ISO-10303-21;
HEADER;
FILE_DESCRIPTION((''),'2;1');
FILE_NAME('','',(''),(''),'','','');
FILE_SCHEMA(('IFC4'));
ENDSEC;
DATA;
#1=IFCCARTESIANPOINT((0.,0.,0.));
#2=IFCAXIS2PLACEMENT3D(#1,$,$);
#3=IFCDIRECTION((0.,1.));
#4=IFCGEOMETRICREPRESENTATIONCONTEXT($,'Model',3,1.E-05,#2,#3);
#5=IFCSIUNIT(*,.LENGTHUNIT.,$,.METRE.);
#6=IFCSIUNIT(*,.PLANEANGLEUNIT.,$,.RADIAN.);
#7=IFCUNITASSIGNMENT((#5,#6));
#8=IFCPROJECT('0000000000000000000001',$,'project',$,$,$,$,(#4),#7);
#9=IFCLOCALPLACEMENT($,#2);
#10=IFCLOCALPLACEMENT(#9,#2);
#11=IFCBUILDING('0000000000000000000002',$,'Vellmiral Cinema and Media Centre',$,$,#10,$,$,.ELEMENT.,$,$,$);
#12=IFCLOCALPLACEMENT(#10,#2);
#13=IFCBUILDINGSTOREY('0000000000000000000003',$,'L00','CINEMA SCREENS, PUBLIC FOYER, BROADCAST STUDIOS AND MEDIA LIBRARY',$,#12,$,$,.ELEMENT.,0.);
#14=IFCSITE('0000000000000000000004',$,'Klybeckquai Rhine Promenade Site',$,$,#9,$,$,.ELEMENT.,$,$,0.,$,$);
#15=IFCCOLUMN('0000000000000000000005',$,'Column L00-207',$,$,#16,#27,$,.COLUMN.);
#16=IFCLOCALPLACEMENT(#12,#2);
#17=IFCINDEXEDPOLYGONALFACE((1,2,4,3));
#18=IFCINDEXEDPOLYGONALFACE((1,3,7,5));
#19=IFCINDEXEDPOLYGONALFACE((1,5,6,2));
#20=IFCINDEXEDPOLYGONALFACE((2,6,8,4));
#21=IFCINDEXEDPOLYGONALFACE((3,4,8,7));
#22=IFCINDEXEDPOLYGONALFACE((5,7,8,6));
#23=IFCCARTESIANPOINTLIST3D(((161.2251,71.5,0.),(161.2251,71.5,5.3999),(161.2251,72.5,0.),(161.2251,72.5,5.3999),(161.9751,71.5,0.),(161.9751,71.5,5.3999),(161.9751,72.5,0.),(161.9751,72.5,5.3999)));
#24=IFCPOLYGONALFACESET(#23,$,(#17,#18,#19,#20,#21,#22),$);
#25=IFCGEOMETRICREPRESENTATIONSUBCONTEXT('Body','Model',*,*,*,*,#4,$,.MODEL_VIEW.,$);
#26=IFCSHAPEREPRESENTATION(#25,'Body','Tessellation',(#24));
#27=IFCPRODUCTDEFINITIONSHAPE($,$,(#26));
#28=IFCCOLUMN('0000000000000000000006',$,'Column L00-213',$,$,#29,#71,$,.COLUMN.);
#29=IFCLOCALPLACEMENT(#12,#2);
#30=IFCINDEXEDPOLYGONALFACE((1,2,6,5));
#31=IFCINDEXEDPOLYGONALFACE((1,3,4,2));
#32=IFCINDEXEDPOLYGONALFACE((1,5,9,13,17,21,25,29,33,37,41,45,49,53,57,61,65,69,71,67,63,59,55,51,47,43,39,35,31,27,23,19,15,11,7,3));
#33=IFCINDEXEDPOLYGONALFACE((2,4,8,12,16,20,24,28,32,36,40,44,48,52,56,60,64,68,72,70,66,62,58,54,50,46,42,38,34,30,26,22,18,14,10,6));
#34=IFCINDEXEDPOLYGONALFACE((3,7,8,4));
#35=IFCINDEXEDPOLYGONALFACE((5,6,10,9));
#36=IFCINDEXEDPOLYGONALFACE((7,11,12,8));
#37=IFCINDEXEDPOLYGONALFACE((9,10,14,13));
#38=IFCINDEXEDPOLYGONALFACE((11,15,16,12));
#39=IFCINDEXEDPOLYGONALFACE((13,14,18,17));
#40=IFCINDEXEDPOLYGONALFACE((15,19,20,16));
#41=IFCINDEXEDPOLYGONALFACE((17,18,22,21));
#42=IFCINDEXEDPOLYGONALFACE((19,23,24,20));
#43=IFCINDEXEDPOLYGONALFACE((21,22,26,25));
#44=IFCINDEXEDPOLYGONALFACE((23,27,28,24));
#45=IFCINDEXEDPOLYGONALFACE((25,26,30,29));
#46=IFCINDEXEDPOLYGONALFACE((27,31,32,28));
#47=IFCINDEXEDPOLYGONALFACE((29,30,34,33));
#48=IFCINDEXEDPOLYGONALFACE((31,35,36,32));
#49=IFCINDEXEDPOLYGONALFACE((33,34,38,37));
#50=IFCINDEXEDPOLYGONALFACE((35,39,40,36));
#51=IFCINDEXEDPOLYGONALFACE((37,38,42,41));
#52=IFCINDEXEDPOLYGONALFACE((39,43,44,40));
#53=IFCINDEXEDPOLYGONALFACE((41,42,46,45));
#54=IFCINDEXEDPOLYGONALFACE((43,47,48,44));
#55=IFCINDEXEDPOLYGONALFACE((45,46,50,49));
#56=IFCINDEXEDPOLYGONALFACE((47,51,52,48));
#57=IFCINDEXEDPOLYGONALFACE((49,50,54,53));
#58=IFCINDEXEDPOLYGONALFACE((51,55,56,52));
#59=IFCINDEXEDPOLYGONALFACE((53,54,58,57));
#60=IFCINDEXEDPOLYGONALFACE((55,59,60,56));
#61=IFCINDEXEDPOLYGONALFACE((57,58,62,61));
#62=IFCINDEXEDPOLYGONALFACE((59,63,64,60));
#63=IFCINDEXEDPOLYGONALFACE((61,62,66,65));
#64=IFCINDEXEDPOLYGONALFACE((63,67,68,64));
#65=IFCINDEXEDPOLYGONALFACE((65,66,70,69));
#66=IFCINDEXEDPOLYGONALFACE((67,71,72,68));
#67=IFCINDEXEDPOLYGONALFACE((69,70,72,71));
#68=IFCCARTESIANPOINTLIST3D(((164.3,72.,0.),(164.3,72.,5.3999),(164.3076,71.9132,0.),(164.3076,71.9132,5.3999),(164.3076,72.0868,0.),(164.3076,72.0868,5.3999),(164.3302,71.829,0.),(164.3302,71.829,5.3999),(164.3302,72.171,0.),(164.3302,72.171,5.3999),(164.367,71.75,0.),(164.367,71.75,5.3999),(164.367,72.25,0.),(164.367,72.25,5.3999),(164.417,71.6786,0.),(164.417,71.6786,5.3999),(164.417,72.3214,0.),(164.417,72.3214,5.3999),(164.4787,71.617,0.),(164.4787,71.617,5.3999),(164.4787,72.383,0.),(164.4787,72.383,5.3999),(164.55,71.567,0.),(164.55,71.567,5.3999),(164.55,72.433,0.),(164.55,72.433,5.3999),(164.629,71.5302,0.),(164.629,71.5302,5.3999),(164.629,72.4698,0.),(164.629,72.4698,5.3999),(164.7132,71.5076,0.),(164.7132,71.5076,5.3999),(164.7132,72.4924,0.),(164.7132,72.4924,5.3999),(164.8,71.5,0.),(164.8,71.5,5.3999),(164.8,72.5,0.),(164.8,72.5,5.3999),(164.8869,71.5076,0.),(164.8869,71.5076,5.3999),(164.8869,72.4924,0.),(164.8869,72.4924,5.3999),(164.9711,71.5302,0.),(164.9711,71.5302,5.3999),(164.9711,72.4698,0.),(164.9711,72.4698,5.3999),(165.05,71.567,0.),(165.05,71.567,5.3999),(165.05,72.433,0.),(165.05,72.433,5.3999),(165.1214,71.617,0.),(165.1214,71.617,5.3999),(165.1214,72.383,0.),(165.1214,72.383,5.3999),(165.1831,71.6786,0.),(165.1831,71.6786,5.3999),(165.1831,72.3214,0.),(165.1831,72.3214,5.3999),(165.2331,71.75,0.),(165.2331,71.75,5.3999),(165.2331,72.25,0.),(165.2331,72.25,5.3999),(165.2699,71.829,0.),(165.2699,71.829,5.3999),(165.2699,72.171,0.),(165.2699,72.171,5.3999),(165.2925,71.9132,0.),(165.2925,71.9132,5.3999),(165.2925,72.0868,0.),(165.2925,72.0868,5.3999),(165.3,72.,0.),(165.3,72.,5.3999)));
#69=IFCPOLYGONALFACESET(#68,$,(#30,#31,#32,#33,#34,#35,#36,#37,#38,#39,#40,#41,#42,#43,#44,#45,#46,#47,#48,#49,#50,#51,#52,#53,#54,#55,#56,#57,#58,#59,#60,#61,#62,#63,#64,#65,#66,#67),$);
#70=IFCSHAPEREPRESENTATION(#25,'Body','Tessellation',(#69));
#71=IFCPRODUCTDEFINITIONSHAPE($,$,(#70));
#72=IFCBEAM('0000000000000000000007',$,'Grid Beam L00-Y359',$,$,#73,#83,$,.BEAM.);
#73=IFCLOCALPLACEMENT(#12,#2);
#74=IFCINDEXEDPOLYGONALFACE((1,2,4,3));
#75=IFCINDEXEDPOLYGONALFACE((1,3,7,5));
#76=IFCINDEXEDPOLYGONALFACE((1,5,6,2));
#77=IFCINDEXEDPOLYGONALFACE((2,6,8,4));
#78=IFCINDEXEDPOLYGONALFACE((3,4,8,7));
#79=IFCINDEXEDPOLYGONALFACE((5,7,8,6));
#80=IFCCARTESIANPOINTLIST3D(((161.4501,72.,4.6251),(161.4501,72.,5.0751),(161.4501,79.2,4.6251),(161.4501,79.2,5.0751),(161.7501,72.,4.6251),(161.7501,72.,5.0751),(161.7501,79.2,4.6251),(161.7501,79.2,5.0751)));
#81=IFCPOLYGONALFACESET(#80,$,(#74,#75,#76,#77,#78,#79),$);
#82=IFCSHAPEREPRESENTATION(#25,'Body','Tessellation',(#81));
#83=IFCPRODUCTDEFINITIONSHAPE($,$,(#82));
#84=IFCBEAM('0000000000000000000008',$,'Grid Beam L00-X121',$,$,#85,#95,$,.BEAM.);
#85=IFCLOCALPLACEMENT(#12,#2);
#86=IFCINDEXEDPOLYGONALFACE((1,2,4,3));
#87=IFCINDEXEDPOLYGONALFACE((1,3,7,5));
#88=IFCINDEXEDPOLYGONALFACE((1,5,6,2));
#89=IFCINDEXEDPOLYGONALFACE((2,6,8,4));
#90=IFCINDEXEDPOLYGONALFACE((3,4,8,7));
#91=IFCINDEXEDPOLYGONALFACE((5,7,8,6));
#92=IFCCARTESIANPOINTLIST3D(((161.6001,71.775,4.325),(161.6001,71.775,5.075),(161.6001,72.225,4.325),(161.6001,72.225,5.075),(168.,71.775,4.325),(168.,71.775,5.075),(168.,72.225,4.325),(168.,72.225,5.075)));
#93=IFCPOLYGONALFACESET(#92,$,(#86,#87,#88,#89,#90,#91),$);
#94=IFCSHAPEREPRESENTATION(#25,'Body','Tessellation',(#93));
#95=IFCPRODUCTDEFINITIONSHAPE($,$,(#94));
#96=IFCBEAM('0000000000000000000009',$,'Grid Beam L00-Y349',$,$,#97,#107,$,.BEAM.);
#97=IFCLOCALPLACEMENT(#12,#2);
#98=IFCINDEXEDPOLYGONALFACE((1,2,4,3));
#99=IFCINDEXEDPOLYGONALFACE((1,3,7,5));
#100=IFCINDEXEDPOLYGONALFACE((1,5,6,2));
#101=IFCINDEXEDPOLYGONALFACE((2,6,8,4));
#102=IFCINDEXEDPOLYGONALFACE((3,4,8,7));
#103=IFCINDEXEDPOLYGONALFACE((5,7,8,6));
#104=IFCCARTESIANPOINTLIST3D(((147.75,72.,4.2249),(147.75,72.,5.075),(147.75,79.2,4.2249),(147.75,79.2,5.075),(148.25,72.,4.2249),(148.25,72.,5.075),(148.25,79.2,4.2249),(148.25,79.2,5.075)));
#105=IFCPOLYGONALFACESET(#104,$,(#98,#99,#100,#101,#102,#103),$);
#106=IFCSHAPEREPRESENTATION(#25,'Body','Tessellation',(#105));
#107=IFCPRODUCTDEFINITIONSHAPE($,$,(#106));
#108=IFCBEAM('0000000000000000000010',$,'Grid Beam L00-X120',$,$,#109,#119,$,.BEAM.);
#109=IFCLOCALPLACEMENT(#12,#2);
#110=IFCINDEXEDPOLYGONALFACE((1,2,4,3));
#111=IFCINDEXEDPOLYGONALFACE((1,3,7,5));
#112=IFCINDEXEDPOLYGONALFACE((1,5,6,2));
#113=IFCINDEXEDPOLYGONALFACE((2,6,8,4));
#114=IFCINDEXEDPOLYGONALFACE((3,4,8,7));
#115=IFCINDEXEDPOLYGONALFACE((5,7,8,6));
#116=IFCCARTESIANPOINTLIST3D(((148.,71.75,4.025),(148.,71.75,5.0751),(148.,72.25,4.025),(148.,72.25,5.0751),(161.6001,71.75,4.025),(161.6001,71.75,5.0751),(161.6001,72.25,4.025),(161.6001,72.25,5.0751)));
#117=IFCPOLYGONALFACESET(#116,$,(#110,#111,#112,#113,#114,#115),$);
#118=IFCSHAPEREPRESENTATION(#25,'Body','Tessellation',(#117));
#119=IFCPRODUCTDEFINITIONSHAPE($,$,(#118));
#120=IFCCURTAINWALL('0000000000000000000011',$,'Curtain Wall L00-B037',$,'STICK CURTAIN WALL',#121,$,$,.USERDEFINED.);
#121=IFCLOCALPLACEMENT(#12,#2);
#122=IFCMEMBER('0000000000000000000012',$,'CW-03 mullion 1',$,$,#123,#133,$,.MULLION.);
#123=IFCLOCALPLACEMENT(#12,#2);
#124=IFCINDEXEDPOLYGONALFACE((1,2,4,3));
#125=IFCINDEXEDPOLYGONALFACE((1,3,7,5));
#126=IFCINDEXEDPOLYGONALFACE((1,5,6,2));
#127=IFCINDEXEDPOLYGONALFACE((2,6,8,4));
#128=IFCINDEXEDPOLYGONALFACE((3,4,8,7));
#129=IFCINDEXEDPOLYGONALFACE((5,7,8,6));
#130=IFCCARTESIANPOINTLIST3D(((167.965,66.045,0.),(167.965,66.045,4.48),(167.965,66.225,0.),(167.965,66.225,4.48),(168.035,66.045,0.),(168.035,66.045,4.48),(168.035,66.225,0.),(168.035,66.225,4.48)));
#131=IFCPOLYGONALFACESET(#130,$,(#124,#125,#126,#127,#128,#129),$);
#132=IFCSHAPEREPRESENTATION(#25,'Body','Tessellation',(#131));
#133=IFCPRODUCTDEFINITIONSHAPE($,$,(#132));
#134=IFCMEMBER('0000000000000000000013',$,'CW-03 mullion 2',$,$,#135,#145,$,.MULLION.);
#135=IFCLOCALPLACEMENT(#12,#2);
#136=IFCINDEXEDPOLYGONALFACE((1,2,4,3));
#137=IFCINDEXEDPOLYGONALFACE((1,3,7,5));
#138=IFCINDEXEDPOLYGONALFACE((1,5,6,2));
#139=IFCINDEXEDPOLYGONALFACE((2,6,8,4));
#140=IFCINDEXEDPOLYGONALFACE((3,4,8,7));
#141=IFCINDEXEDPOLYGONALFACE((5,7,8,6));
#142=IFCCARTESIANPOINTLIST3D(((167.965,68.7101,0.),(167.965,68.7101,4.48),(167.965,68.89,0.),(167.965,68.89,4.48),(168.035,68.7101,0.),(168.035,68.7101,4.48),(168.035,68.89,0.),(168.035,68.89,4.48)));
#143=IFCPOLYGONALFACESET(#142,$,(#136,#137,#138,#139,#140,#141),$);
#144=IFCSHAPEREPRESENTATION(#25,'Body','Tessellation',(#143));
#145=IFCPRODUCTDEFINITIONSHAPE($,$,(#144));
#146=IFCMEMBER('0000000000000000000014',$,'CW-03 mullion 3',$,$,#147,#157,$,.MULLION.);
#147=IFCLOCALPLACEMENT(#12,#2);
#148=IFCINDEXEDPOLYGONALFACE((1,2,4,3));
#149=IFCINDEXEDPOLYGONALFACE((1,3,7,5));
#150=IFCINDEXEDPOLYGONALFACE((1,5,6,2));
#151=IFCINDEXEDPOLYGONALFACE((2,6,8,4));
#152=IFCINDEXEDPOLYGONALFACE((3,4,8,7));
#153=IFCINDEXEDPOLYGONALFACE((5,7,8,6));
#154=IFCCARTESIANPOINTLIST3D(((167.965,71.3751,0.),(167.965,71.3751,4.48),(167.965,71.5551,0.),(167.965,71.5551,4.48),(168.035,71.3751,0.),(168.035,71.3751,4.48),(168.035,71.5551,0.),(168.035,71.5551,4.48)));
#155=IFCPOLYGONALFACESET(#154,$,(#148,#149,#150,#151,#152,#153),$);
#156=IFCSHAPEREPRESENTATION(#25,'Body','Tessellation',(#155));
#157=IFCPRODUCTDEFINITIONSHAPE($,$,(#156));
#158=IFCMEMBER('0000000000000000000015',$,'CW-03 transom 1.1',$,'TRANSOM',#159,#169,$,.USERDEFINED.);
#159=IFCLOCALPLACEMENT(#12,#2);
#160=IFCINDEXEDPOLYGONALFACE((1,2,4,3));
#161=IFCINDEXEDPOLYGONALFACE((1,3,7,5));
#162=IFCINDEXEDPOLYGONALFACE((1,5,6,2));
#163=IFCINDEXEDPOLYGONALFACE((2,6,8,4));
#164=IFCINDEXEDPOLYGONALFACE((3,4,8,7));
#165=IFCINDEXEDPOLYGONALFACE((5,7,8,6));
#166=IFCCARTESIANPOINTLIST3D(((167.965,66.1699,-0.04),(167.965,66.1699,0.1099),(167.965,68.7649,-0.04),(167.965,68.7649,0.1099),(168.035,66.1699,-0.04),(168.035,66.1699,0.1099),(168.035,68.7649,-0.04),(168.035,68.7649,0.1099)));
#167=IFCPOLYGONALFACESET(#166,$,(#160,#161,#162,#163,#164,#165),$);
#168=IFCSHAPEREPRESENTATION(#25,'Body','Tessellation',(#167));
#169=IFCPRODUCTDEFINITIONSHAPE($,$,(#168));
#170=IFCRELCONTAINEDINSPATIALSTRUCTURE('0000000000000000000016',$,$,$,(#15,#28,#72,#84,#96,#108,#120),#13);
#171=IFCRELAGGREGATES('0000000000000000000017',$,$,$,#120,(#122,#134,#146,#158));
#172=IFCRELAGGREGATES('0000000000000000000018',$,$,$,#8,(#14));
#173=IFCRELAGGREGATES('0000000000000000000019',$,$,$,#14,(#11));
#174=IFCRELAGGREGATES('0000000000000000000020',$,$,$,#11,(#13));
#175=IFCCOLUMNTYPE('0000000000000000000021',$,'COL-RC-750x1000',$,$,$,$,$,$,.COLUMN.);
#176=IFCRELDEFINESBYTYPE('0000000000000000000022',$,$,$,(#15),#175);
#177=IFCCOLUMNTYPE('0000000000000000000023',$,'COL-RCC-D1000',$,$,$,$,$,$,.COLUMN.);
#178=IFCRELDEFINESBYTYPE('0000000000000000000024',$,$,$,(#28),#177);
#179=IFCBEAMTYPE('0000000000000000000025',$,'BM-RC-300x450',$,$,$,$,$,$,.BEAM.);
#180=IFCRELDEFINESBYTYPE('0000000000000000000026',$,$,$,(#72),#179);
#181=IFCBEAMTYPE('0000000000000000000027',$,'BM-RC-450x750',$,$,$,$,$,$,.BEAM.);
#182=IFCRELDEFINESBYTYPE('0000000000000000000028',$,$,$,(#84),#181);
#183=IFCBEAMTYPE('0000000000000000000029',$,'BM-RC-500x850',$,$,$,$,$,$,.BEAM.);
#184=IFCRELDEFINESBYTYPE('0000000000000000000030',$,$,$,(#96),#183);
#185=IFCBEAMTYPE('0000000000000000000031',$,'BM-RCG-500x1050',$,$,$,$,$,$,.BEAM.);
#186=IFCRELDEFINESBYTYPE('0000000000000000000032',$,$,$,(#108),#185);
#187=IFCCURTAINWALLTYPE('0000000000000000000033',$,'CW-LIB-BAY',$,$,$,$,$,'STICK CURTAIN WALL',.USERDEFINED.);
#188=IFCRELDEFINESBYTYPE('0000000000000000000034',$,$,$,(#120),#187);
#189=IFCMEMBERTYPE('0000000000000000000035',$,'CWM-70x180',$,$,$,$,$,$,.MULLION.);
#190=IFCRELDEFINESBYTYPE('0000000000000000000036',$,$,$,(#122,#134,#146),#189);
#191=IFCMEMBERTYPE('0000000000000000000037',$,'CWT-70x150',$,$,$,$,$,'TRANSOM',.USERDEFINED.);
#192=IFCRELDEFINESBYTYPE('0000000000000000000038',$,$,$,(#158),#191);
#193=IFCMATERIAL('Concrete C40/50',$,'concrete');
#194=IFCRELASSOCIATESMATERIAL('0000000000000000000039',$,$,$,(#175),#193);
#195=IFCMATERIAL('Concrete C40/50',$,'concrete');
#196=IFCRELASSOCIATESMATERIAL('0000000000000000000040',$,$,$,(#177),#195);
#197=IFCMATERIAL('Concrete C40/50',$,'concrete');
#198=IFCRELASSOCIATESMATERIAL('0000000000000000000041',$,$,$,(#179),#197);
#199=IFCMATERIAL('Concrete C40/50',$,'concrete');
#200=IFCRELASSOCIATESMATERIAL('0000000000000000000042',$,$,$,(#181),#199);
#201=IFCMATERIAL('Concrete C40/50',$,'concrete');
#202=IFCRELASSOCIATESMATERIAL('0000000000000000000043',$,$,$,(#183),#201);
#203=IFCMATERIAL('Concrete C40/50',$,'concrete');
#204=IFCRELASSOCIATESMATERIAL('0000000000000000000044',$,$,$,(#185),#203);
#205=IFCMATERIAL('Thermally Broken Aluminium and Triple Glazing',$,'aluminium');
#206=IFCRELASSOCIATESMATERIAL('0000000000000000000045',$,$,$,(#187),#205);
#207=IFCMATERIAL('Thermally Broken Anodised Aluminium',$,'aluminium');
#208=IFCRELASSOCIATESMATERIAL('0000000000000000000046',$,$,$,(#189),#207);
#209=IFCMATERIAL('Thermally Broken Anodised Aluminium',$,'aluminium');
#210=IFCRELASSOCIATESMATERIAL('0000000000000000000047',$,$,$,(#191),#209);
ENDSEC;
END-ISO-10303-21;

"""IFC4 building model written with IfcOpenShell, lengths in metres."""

from ifc_helpers import new_model, si_unit, direction, frame, origin, origin_2d, place, context, subcontext, project, spatial, rectangle, circle, extrude, material, material_profile, profile_set, type_object, element, aggregate, save


model = new_model("IFC4")

# Units and contexts
model_context = context("Model", 3, precision=1e-05, world=origin(), true_north=direction((0.0, 1.0)))
body_context = subcontext(model_context, "Body", "Model", "MODEL_VIEW")
ifc_project = project(units=[si_unit("LENGTHUNIT", "METRE"), si_unit("PLANEANGLEUNIT", "RADIAN")], contexts=[model_context])

# Site, building, storey
site_placement = place(None, origin())
site = spatial("IfcSite", under=ifc_project, at=site_placement, Name="Klybeckquai Rhine Promenade Site", CompositionType="ELEMENT", RefElevation=0.0)
building_placement = place(site_placement, origin())
building = spatial("IfcBuilding", under=site, at=building_placement, Name="Vellmiral Cinema and Media Centre", CompositionType="ELEMENT")
storey_placement = place(building_placement, origin())
storey = spatial("IfcBuildingStorey", under=building, at=storey_placement, Name="L00", Description="CINEMA SCREENS, PUBLIC FOYER, BROADCAST STUDIOS AND MEDIA LIBRARY", CompositionType="ELEMENT", Elevation=0.0)

# Columns
ifc_material_1 = material(Name="Concrete C40/50", Category="concrete")
ifc_material_profile_1 = material_profile(ifc_material_1, rectangle(XDim=0.75, YDim=1.0, at=origin_2d()), Name="RC 750x1000")
ifc_profile_set_1 = profile_set([ifc_material_profile_1], Name="Concrete C40/50")
column_type_1 = type_object("IfcColumnType", Name="COL-RC-750x1000", PredefinedType="COLUMN", material=ifc_profile_set_1)
column_1_placement = place(storey_placement, frame((161.6001, 72.0, 0.0), z_axis=(0.0, 0.0, 1.0), x_axis=(1.0, 0.0, 0.0)))
element("IfcColumn", 1, at=column_1_placement, inside=storey, type_object=column_type_1, Name="Column L00-207", PredefinedType="COLUMN", context=body_context, shape_type="SweptSolid", body=[
    extrude(rectangle(XDim=0.75, YDim=1.0, at=origin_2d()), origin(), (0.0, 0.0, 1.0), 5.3999),
])
ifc_material_2 = material(Name="Concrete C40/50", Category="concrete")
ifc_material_profile_2 = material_profile(ifc_material_2, circle(Radius=0.5, at=origin_2d()), Name="RC D1000")
ifc_profile_set_2 = profile_set([ifc_material_profile_2], Name="Concrete C40/50")
column_type_2 = type_object("IfcColumnType", Name="COL-RCC-D1000", PredefinedType="COLUMN", material=ifc_profile_set_2)
column_2_placement = place(storey_placement, frame((164.8, 72.0, 0.0), z_axis=(0.0, 0.0, 1.0), x_axis=(1.0, 0.0, 0.0)))
element("IfcColumn", 2, at=column_2_placement, inside=storey, type_object=column_type_2, Name="Column L00-213", PredefinedType="COLUMN", context=body_context, shape_type="SweptSolid", body=[
    extrude(circle(Radius=0.5, at=origin_2d()), origin(), (0.0, 0.0, 1.0), 5.3999),
])

# Beams
ifc_material_3 = material(Name="Concrete C40/50", Category="concrete")
ifc_material_profile_3 = material_profile(ifc_material_3, rectangle(XDim=0.3, YDim=0.45, at=origin_2d()), Name="RC 300x450")
ifc_profile_set_3 = profile_set([ifc_material_profile_3], Name="Concrete C40/50")
beam_type_1 = type_object("IfcBeamType", Name="BM-RC-300x450", PredefinedType="BEAM", material=ifc_profile_set_3)
beam_1_placement = place(storey_placement, frame((161.6001, 72.0, 4.8501), z_axis=(0.0, 1.0, 0.0), x_axis=(-1.0, 0.0, 0.0)))
element("IfcBeam", 3, at=beam_1_placement, inside=storey, type_object=beam_type_1, Name="Grid Beam L00-Y359", PredefinedType="BEAM", context=body_context, shape_type="SweptSolid", body=[
    extrude(rectangle(XDim=0.3, YDim=0.45, at=origin_2d()), origin(), (0.0, 0.0, 1.0), 7.2),
])
ifc_material_4 = material(Name="Concrete C40/50", Category="concrete")
ifc_material_profile_4 = material_profile(ifc_material_4, rectangle(XDim=0.45, YDim=0.75, at=origin_2d()), Name="RC 450x750")
ifc_profile_set_4 = profile_set([ifc_material_profile_4], Name="Concrete C40/50")
beam_type_2 = type_object("IfcBeamType", Name="BM-RC-450x750", PredefinedType="BEAM", material=ifc_profile_set_4)
beam_2_placement = place(storey_placement, frame((161.6001, 72.0, 4.7), z_axis=(1.0, 0.0, 0.0), x_axis=(0.0, 1.0, 0.0)))
element("IfcBeam", 4, at=beam_2_placement, inside=storey, type_object=beam_type_2, Name="Grid Beam L00-X121", PredefinedType="BEAM", context=body_context, shape_type="SweptSolid", body=[
    extrude(rectangle(XDim=0.45, YDim=0.75, at=origin_2d()), origin(), (0.0, 0.0, 1.0), 6.3999),
])
ifc_material_5 = material(Name="Concrete C40/50", Category="concrete")
ifc_material_profile_5 = material_profile(ifc_material_5, rectangle(XDim=0.5, YDim=0.8501, at=origin_2d()), Name="RC 500x850")
ifc_profile_set_5 = profile_set([ifc_material_profile_5], Name="Concrete C40/50")
beam_type_3 = type_object("IfcBeamType", Name="BM-RC-500x850", PredefinedType="BEAM", material=ifc_profile_set_5)
beam_3_placement = place(storey_placement, frame((148.0, 72.0, 4.6499), z_axis=(0.0, 1.0, 0.0), x_axis=(-1.0, 0.0, 0.0)))
element("IfcBeam", 5, at=beam_3_placement, inside=storey, type_object=beam_type_3, Name="Grid Beam L00-Y349", PredefinedType="BEAM", context=body_context, shape_type="SweptSolid", body=[
    extrude(rectangle(XDim=0.5, YDim=0.8501, at=origin_2d()), origin(), (0.0, 0.0, 1.0), 7.2),
])
ifc_material_6 = material(Name="Concrete C40/50", Category="concrete")
ifc_material_profile_6 = material_profile(ifc_material_6, rectangle(XDim=0.5, YDim=1.05, at=origin_2d()), Name="RC 500x1050")
ifc_profile_set_6 = profile_set([ifc_material_profile_6], Name="Concrete C40/50")
beam_type_4 = type_object("IfcBeamType", Name="BM-RCG-500x1050", PredefinedType="BEAM", material=ifc_profile_set_6)
beam_4_placement = place(storey_placement, frame((148.0, 72.0, 4.55), z_axis=(1.0, 0.0, 0.0), x_axis=(0.0, 1.0, 0.0)))
element("IfcBeam", 6, at=beam_4_placement, inside=storey, type_object=beam_type_4, Name="Grid Beam L00-X120", PredefinedType="BEAM", context=body_context, shape_type="SweptSolid", body=[
    extrude(rectangle(XDim=0.5, YDim=1.05, at=origin_2d()), origin(), (0.0, 0.0, 1.0), 13.6001),
])

# Curtain wall, members
ifc_material_7 = material(Name="Thermally Broken Aluminium and Triple Glazing", Category="aluminium")
curtain_wall_type = type_object("IfcCurtainWallType", Name="CW-LIB-BAY", ElementType="STICK CURTAIN WALL", PredefinedType="USERDEFINED", material=ifc_material_7)
curtain_wall_placement = place(storey_placement, origin())
curtain_wall = element("IfcCurtainWall", 7, at=curtain_wall_placement, inside=storey, type_object=curtain_wall_type, Name="Curtain Wall L00-B037", ObjectType="STICK CURTAIN WALL", PredefinedType="USERDEFINED")
ifc_material_8 = material(Name="Thermally Broken Anodised Aluminium", Category="aluminium")
ifc_material_profile_7 = material_profile(ifc_material_8, rectangle(XDim=0.0701, YDim=0.1799, at=origin_2d()), Name="MULL 70x180")
ifc_profile_set_7 = profile_set([ifc_material_profile_7], Name="Thermally Broken Anodised Aluminium")
member_type_1 = type_object("IfcMemberType", Name="CWM-70x180", PredefinedType="MULLION", material=ifc_profile_set_7)
member_1_placement = place(storey_placement, frame((168.0, 66.135, 0.0), z_axis=(0.0, 0.0, 1.0), x_axis=(-1.0, 0.0, 0.0)))
member_1 = element("IfcMember", 8, at=member_1_placement, type_object=member_type_1, Name="CW-03 mullion 1", PredefinedType="MULLION", context=body_context, shape_type="SweptSolid", body=[
    extrude(rectangle(XDim=0.0701, YDim=0.1799, at=origin_2d()), origin(), (0.0, 0.0, 1.0), 4.48),
])
member_2_placement = place(storey_placement, frame((168.0, 68.8, 0.0), z_axis=(0.0, 0.0, 1.0), x_axis=(-1.0, 0.0, 0.0)))
member_2 = element("IfcMember", 9, at=member_2_placement, type_object=member_type_1, Name="CW-03 mullion 2", PredefinedType="MULLION", context=body_context, shape_type="SweptSolid", body=[
    extrude(rectangle(XDim=0.0701, YDim=0.1799, at=origin_2d()), origin(), (0.0, 0.0, 1.0), 4.48),
])
member_3_placement = place(storey_placement, frame((168.0, 71.4651, 0.0), z_axis=(0.0, 0.0, 1.0), x_axis=(-1.0, 0.0, 0.0)))
member_3 = element("IfcMember", 10, at=member_3_placement, type_object=member_type_1, Name="CW-03 mullion 3", PredefinedType="MULLION", context=body_context, shape_type="SweptSolid", body=[
    extrude(rectangle(XDim=0.0701, YDim=0.1799, at=origin_2d()), origin(), (0.0, 0.0, 1.0), 4.48),
])
ifc_material_9 = material(Name="Thermally Broken Anodised Aluminium", Category="aluminium")
ifc_material_profile_8 = material_profile(ifc_material_9, rectangle(XDim=0.0701, YDim=0.1499, at=origin_2d()), Name="MULL 70x150")
ifc_profile_set_8 = profile_set([ifc_material_profile_8], Name="Thermally Broken Anodised Aluminium")
member_type_2 = type_object("IfcMemberType", Name="CWT-70x150", ElementType="TRANSOM", PredefinedType="USERDEFINED", material=ifc_profile_set_8)
member_4_placement = place(storey_placement, frame((168.0, 66.1699, 0.0349), z_axis=(0.0, 1.0, 0.0), x_axis=(-1.0, 0.0, 0.0)))
member_4 = element("IfcMember", 11, at=member_4_placement, type_object=member_type_2, Name="CW-03 transom 1.1", ObjectType="TRANSOM", PredefinedType="USERDEFINED", context=body_context, shape_type="SweptSolid", body=[
    extrude(rectangle(XDim=0.0701, YDim=0.1499, at=origin_2d()), origin(), (0.0, 0.0, 1.0), 2.595),
])

aggregate(curtain_wall, [member_1, member_2, member_3, member_4])

save(model, "model.ifc")
